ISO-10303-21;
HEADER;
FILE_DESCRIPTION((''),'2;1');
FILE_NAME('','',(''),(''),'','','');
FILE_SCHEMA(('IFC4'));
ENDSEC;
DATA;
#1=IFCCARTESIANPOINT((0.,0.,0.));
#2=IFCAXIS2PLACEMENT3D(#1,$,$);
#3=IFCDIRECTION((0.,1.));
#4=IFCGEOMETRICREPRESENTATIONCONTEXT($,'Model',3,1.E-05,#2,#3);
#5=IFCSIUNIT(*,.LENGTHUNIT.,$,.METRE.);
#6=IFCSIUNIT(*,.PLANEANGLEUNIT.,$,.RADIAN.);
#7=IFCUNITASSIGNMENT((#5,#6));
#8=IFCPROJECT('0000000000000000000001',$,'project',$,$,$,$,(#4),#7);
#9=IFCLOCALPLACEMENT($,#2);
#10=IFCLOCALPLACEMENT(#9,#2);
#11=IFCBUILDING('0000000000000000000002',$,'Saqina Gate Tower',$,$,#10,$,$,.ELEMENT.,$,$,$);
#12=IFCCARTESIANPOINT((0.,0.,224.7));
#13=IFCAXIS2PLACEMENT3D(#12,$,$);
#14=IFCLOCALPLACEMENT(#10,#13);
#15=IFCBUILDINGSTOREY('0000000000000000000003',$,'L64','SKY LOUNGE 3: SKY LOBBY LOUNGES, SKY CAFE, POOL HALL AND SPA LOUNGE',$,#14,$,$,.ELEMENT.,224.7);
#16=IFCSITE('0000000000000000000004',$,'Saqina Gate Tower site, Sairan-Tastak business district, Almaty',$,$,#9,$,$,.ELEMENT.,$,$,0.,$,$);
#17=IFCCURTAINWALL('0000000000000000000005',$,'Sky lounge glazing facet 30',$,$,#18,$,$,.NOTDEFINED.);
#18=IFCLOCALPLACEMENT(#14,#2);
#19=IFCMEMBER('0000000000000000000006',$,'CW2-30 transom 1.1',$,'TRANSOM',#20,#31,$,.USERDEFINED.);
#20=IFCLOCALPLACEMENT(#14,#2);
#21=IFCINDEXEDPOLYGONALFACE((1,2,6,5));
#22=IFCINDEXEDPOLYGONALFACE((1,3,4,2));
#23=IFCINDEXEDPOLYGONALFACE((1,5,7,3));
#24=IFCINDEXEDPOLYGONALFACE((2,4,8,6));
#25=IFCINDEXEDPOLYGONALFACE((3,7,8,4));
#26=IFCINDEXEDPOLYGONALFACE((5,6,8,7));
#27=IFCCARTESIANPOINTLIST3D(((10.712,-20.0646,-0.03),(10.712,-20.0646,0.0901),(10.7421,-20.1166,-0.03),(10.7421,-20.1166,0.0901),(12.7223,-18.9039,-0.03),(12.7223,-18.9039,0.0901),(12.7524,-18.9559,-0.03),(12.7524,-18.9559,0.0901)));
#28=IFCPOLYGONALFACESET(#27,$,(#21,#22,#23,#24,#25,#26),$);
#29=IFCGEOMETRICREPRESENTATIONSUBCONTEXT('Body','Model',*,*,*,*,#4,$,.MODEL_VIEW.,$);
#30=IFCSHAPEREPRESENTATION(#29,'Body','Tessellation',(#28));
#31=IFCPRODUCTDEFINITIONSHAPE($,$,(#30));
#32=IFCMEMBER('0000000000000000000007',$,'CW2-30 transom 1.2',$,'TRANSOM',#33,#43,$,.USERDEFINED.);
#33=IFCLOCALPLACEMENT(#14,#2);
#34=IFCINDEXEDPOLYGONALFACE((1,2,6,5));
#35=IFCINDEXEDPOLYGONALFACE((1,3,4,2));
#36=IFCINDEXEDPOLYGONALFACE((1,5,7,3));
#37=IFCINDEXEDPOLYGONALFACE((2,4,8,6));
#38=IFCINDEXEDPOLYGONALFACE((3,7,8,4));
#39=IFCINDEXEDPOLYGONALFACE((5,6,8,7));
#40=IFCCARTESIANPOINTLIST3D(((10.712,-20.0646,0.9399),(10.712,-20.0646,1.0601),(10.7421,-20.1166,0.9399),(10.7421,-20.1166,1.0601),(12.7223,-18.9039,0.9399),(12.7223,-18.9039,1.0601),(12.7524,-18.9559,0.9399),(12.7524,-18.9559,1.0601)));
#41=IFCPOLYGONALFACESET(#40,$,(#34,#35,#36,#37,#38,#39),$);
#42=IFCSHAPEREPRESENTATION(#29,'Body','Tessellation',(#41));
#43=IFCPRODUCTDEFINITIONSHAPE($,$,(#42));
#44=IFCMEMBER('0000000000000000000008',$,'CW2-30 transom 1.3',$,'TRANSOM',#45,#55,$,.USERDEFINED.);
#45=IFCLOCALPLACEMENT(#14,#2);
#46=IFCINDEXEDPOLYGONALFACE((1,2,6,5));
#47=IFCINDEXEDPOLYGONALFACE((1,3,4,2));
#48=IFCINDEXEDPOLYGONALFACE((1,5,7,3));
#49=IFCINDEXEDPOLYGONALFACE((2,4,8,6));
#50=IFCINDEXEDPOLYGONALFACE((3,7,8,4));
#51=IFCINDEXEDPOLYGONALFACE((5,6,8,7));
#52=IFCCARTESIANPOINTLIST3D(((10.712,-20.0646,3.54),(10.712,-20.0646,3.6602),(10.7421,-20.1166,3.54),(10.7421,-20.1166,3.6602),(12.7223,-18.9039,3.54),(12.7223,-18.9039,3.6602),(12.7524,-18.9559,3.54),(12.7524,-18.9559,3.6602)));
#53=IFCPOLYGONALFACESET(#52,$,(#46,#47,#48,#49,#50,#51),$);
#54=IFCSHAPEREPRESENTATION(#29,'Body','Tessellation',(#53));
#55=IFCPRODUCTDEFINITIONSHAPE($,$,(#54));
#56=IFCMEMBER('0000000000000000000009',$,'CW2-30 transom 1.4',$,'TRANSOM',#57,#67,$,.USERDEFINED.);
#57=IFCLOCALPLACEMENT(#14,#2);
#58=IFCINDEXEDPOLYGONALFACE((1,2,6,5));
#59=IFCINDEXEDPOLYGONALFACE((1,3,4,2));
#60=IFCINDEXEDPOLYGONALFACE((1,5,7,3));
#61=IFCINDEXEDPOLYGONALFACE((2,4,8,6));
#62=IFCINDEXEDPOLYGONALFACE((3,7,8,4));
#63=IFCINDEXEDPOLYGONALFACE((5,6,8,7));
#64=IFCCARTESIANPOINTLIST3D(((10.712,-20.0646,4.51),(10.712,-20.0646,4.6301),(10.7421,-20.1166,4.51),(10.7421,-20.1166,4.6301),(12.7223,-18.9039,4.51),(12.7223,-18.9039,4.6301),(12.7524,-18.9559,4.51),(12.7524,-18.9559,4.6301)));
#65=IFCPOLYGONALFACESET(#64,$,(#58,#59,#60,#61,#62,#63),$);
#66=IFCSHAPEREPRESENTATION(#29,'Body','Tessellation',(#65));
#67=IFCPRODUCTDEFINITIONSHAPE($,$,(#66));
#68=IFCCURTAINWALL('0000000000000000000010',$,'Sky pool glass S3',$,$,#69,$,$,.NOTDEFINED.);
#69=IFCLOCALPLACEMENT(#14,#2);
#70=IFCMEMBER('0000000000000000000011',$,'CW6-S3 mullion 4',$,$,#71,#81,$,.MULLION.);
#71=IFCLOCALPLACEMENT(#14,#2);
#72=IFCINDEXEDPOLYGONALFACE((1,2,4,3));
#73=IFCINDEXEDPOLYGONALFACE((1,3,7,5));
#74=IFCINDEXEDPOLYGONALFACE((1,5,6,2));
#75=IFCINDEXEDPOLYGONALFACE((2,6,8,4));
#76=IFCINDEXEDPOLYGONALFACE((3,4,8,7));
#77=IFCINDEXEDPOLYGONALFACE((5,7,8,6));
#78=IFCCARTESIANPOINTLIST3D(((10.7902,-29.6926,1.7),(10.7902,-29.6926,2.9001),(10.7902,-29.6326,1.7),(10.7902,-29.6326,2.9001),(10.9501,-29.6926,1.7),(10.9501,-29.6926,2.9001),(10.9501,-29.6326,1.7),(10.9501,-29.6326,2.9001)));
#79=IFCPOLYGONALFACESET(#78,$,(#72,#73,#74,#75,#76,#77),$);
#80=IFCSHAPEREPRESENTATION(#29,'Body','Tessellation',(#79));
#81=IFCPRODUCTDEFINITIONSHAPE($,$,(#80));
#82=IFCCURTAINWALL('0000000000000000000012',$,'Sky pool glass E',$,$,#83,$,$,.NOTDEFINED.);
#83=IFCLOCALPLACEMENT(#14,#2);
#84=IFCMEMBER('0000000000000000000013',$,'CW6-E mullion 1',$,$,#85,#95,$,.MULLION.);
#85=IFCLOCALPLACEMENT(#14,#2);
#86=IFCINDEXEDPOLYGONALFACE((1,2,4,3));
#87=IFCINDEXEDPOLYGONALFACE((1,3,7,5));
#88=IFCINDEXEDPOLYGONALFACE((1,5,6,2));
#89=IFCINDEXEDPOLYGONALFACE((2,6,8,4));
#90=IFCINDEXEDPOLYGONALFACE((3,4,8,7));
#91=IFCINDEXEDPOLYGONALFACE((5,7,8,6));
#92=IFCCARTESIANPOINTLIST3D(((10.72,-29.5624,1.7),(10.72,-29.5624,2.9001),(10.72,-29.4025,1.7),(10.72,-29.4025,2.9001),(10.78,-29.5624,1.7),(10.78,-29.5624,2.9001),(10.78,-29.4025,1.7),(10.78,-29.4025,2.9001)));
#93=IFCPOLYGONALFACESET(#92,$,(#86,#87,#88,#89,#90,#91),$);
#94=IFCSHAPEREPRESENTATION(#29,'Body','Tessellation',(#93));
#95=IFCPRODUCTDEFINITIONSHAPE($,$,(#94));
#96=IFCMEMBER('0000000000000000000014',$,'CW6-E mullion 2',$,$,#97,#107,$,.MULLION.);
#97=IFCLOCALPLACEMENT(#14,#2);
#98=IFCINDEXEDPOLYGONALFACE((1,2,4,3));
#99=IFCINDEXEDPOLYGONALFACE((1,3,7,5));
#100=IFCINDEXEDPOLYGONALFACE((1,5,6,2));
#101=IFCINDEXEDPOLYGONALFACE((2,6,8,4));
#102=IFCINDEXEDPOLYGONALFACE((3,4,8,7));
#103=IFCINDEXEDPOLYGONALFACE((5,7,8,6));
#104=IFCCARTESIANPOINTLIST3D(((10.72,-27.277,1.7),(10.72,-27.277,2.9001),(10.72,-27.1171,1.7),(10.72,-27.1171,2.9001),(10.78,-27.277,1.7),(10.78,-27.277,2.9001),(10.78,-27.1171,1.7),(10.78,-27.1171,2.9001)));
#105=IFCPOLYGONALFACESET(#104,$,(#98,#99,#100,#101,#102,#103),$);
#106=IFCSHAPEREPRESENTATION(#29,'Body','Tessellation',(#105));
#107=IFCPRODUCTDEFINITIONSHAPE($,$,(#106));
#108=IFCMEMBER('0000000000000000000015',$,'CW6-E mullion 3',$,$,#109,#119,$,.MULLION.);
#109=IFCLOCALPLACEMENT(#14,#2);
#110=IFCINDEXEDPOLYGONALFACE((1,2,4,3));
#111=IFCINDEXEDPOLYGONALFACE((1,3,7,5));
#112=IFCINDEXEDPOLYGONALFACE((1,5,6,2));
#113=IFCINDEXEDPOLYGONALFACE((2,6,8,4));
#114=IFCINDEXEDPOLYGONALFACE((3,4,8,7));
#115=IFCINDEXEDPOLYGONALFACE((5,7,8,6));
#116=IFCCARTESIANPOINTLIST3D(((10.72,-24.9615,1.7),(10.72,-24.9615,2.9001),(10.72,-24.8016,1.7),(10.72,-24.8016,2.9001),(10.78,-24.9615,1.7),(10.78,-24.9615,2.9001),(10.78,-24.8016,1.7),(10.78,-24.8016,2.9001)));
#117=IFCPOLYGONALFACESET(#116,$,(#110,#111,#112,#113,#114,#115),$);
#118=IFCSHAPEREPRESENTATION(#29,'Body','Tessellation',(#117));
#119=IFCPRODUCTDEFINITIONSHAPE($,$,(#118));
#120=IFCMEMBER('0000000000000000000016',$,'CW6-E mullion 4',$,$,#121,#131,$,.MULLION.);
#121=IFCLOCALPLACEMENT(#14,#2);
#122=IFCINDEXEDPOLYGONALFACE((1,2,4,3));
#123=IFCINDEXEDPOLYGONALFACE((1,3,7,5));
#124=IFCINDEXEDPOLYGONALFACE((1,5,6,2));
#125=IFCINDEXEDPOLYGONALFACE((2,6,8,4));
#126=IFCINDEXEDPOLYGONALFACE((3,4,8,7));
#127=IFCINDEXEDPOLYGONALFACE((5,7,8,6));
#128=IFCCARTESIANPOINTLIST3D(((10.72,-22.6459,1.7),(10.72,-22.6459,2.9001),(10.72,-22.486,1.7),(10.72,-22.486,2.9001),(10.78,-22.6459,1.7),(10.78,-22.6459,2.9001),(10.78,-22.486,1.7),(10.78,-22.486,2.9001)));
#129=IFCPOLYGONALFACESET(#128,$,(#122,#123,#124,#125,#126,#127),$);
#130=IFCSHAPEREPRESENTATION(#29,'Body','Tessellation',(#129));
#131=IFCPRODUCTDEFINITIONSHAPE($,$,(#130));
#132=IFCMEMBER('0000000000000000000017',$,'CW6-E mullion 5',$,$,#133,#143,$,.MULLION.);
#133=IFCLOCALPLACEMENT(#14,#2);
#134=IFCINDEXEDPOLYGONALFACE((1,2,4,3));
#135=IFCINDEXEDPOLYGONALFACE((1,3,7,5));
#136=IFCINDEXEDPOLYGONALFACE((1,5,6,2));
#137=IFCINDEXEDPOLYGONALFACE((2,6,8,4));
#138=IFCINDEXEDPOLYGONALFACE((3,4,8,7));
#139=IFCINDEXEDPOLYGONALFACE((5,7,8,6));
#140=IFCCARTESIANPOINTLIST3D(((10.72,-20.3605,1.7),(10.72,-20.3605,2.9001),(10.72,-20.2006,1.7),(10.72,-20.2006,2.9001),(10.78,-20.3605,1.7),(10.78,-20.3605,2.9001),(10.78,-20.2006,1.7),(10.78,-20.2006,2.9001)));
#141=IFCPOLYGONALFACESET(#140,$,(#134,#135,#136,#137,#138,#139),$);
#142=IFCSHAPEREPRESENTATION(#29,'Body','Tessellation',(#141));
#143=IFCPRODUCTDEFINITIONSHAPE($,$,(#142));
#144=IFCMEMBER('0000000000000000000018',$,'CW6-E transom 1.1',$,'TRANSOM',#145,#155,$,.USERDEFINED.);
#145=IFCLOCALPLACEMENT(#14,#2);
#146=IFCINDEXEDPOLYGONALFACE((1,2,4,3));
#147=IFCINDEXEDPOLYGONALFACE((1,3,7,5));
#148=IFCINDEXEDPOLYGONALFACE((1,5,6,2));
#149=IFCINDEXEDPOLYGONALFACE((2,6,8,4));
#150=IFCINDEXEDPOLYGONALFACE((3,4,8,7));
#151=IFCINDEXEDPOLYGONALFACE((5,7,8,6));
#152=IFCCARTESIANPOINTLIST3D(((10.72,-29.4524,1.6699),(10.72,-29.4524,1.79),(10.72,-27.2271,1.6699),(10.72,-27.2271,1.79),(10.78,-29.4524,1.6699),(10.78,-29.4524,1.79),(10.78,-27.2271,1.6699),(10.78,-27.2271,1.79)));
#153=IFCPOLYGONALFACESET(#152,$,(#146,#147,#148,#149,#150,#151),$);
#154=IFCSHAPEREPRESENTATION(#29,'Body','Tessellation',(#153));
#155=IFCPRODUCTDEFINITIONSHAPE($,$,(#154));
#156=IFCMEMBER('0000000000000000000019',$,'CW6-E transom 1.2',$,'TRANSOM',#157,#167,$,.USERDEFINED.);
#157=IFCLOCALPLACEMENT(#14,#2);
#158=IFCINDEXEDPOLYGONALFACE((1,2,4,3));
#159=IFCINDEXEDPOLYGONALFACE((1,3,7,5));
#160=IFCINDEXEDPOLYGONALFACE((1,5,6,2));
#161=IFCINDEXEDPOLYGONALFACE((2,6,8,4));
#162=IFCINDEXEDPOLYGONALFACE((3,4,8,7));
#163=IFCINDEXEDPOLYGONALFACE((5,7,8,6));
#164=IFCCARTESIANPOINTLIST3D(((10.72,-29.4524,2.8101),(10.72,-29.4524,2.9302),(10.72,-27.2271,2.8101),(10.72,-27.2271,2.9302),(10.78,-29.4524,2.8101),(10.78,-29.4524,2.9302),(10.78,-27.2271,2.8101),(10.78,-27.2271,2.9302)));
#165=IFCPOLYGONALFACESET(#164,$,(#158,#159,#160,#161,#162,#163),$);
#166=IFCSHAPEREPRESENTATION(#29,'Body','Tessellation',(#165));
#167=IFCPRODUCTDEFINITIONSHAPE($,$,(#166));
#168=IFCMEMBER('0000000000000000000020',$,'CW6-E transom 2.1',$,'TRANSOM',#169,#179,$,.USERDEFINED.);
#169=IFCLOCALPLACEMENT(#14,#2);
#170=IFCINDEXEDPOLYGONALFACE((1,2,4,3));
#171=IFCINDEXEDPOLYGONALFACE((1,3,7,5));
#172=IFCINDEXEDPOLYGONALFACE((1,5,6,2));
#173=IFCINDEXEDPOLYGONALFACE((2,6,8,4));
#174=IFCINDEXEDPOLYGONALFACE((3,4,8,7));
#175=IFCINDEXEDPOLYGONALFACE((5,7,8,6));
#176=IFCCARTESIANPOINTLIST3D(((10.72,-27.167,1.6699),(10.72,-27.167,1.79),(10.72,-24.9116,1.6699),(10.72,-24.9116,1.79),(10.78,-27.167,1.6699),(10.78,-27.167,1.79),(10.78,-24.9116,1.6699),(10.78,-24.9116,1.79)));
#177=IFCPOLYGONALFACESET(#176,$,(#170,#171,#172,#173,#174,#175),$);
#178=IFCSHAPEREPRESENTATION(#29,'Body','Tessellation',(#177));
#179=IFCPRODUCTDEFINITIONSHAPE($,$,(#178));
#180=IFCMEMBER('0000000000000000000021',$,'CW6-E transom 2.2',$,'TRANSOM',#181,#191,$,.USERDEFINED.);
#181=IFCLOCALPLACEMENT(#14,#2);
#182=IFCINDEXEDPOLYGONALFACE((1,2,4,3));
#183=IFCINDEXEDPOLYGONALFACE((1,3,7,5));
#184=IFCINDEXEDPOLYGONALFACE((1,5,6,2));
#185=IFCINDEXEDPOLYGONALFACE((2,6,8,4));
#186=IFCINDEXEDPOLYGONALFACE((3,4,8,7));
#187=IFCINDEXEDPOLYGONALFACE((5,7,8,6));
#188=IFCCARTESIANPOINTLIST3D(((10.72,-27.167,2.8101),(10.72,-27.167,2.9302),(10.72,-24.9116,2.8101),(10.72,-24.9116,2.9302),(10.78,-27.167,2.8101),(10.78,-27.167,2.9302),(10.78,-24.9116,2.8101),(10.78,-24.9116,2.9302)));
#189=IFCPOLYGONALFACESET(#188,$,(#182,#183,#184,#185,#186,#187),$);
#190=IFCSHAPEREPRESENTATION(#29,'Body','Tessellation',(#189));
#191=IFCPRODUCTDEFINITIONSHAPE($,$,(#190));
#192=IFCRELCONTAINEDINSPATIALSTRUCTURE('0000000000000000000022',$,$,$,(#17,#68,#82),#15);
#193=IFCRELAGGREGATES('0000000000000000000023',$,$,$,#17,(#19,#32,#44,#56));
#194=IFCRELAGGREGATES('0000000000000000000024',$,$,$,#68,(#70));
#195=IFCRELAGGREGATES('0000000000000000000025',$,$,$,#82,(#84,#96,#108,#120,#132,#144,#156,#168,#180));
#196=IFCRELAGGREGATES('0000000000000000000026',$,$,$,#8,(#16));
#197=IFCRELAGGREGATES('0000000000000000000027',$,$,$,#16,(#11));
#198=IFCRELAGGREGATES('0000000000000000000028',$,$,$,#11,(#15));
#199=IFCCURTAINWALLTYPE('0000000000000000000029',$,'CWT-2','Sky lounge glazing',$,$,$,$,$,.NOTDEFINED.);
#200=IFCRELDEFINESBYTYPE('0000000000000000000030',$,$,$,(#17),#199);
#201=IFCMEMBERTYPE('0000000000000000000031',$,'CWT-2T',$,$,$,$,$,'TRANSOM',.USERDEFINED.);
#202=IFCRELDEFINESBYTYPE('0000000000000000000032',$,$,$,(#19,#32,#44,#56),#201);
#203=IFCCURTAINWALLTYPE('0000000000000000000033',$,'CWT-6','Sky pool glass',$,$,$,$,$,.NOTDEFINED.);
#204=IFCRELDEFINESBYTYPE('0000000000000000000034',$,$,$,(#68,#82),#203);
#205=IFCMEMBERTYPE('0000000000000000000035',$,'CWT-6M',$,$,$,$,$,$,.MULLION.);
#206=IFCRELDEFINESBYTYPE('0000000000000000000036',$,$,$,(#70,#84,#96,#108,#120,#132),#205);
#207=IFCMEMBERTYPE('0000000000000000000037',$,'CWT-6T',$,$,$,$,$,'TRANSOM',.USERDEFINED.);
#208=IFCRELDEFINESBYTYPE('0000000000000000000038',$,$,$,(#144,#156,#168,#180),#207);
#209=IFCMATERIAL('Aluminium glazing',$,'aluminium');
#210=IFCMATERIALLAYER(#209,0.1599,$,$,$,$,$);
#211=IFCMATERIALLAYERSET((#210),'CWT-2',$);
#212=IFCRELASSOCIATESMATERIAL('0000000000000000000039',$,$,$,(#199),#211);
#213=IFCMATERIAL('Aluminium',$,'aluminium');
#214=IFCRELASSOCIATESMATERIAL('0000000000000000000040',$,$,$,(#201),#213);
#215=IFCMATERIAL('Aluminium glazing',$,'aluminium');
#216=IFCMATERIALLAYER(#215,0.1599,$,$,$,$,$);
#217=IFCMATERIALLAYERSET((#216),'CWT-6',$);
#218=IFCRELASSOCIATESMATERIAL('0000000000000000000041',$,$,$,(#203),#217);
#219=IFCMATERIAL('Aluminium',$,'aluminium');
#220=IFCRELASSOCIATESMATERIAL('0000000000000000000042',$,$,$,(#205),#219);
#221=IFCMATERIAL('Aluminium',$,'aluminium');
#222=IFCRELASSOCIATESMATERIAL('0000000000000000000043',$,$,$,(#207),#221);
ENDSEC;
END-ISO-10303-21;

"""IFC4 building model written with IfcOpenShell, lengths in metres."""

from ifc_helpers import new_model, si_unit, direction, frame, origin, origin_2d, place, context, subcontext, project, spatial, rectangle, extrude, material, layer, layer_set, material_profile, profile_set, type_object, element, aggregate, save


model = new_model("IFC4")

# Units and contexts
model_context = context("Model", 3, precision=1e-05, world=origin(), true_north=direction((0.0, 1.0)))
body_context = subcontext(model_context, "Body", "Model", "MODEL_VIEW")
ifc_project = project(units=[si_unit("LENGTHUNIT", "METRE"), si_unit("PLANEANGLEUNIT", "RADIAN")], contexts=[model_context])

# Site, building, storey
site_placement = place(None, origin())
site = spatial("IfcSite", under=ifc_project, at=site_placement, Name="Saqina Gate Tower site, Sairan-Tastak business district, Almaty", CompositionType="ELEMENT", RefElevation=0.0)
building_placement = place(site_placement, origin())
building = spatial("IfcBuilding", under=site, at=building_placement, Name="Saqina Gate Tower", CompositionType="ELEMENT")
storey_placement = place(building_placement, frame((0.0, 0.0, 224.7)))
storey = spatial("IfcBuildingStorey", under=building, at=storey_placement, Name="L64", Description="SKY LOUNGE 3: SKY LOBBY LOUNGES, SKY CAFE, POOL HALL AND SPA LOUNGE", CompositionType="ELEMENT", Elevation=224.7)

# Curtain wall, members
ifc_material_1 = material(Name="Aluminium glazing", Category="aluminium")
ifc_layer_1 = layer(ifc_material_1, 0.1599)
ifc_layer_set_1 = layer_set([ifc_layer_1], Name="CWT-2")
curtain_wall_type_1 = type_object("IfcCurtainWallType", Name="CWT-2", Description="Sky lounge glazing", PredefinedType="NOTDEFINED", material=ifc_layer_set_1)
curtain_wall_1_placement = place(storey_placement, origin())
curtain_wall_1 = element("IfcCurtainWall", 1, at=curtain_wall_1_placement, inside=storey, type_object=curtain_wall_type_1, Name="Sky lounge glazing facet 30", PredefinedType="NOTDEFINED")
ifc_material_2 = material(Name="Aluminium", Category="aluminium")
ifc_material_profile_1 = material_profile(ifc_material_2, rectangle(XDim=0.0601, YDim=0.1201, at=origin_2d()), Name="Aluminium 60x120")
ifc_profile_set_1 = profile_set([ifc_material_profile_1], Name="Aluminium")
member_type_1 = type_object("IfcMemberType", Name="CWT-2T", ElementType="TRANSOM", PredefinedType="USERDEFINED", material=ifc_profile_set_1)
member_1_placement = place(storey_placement, frame((10.7271, -20.0906, 0.03), z_axis=(0.866021, 0.500008, 0.0), x_axis=(-0.500008, 0.866021, 0.0)))
member_1 = element("IfcMember", 2, at=member_1_placement, type_object=member_type_1, Name="CW2-30 transom 1.1", ObjectType="TRANSOM", PredefinedType="USERDEFINED", context=body_context, shape_type="SweptSolid", body=[
    extrude(rectangle(XDim=0.0601, YDim=0.1201, at=origin_2d()), origin(), (0.0, 0.0, 1.0), 2.3213),
])
member_2_placement = place(storey_placement, frame((10.7271, -20.0906, 1.0), z_axis=(0.866021, 0.500008, 0.0), x_axis=(-0.500008, 0.866021, 0.0)))
member_2 = element("IfcMember", 3, at=member_2_placement, type_object=member_type_1, Name="CW2-30 transom 1.2", ObjectType="TRANSOM", PredefinedType="USERDEFINED", context=body_context, shape_type="SweptSolid", body=[
    extrude(rectangle(XDim=0.0601, YDim=0.1201, at=origin_2d()), origin(), (0.0, 0.0, 1.0), 2.3213),
])
member_3_placement = place(storey_placement, frame((10.7271, -20.0906, 3.6001), z_axis=(0.866021, 0.500008, 0.0), x_axis=(-0.500008, 0.866021, 0.0)))
member_3 = element("IfcMember", 4, at=member_3_placement, type_object=member_type_1, Name="CW2-30 transom 1.3", ObjectType="TRANSOM", PredefinedType="USERDEFINED", context=body_context, shape_type="SweptSolid", body=[
    extrude(rectangle(XDim=0.0601, YDim=0.1201, at=origin_2d()), origin(), (0.0, 0.0, 1.0), 2.3213),
])
member_4_placement = place(storey_placement, frame((10.7271, -20.0906, 4.5701), z_axis=(0.866021, 0.500008, 0.0), x_axis=(-0.500008, 0.866021, 0.0)))
member_4 = element("IfcMember", 5, at=member_4_placement, type_object=member_type_1, Name="CW2-30 transom 1.4", ObjectType="TRANSOM", PredefinedType="USERDEFINED", context=body_context, shape_type="SweptSolid", body=[
    extrude(rectangle(XDim=0.0601, YDim=0.1201, at=origin_2d()), origin(), (0.0, 0.0, 1.0), 2.3213),
])
aggregate(curtain_wall_1, [member_1, member_2, member_3, member_4])

# Curtain wall, member
ifc_material_3 = material(Name="Aluminium glazing", Category="aluminium")
ifc_layer_2 = layer(ifc_material_3, 0.1599)
ifc_layer_set_2 = layer_set([ifc_layer_2], Name="CWT-6")
curtain_wall_type_2 = type_object("IfcCurtainWallType", Name="CWT-6", Description="Sky pool glass", PredefinedType="NOTDEFINED", material=ifc_layer_set_2)
curtain_wall_2_placement = place(storey_placement, origin())
curtain_wall_2 = element("IfcCurtainWall", 6, at=curtain_wall_2_placement, inside=storey, type_object=curtain_wall_type_2, Name="Sky pool glass S3", PredefinedType="NOTDEFINED")
ifc_material_4 = material(Name="Aluminium", Category="aluminium")
ifc_material_profile_2 = material_profile(ifc_material_4, rectangle(XDim=0.0601, YDim=0.1599, at=origin_2d()), Name="Aluminium 60x160")
ifc_profile_set_2 = profile_set([ifc_material_profile_2], Name="Aluminium")
member_type_2 = type_object("IfcMemberType", Name="CWT-6M", PredefinedType="MULLION", material=ifc_profile_set_2)
member_5_placement = place(storey_placement, frame((10.8701, -29.6626, 1.7), z_axis=(0.0, 0.0, 1.0), x_axis=(0.0, 1.0, 0.0)))
member_5 = element("IfcMember", 7, at=member_5_placement, type_object=member_type_2, Name="CW6-S3 mullion 4", PredefinedType="MULLION", context=body_context, shape_type="SweptSolid", body=[
    extrude(rectangle(XDim=0.0601, YDim=0.1599, at=origin_2d()), origin(), (0.0, 0.0, 1.0), 1.2002),
])
aggregate(curtain_wall_2, [member_5])

# Curtain wall, members
curtain_wall_3_placement = place(storey_placement, origin())
curtain_wall_3 = element("IfcCurtainWall", 8, at=curtain_wall_3_placement, inside=storey, type_object=curtain_wall_type_2, Name="Sky pool glass E", PredefinedType="NOTDEFINED")
member_6_placement = place(storey_placement, frame((10.75, -29.4824, 1.7), z_axis=(0.0, 0.0, 1.0), x_axis=(-1.0, 0.0, 0.0)))
member_6 = element("IfcMember", 9, at=member_6_placement, type_object=member_type_2, Name="CW6-E mullion 1", PredefinedType="MULLION", context=body_context, shape_type="SweptSolid", body=[
    extrude(rectangle(XDim=0.0601, YDim=0.1599, at=origin_2d()), origin(), (0.0, 0.0, 1.0), 1.2002),
])
member_7_placement = place(storey_placement, frame((10.75, -27.197, 1.7), z_axis=(0.0, 0.0, 1.0), x_axis=(-1.0, 0.0, 0.0)))
member_7 = element("IfcMember", 10, at=member_7_placement, type_object=member_type_2, Name="CW6-E mullion 2", PredefinedType="MULLION", context=body_context, shape_type="SweptSolid", body=[
    extrude(rectangle(XDim=0.0601, YDim=0.1599, at=origin_2d()), origin(), (0.0, 0.0, 1.0), 1.2002),
])
member_8_placement = place(storey_placement, frame((10.75, -24.8816, 1.7), z_axis=(0.0, 0.0, 1.0), x_axis=(-1.0, 0.0, 0.0)))
member_8 = element("IfcMember", 11, at=member_8_placement, type_object=member_type_2, Name="CW6-E mullion 3", PredefinedType="MULLION", context=body_context, shape_type="SweptSolid", body=[
    extrude(rectangle(XDim=0.0601, YDim=0.1599, at=origin_2d()), origin(), (0.0, 0.0, 1.0), 1.2002),
])
member_9_placement = place(storey_placement, frame((10.75, -22.5659, 1.7), z_axis=(0.0, 0.0, 1.0), x_axis=(-1.0, 0.0, 0.0)))
member_9 = element("IfcMember", 12, at=member_9_placement, type_object=member_type_2, Name="CW6-E mullion 4", PredefinedType="MULLION", context=body_context, shape_type="SweptSolid", body=[
    extrude(rectangle(XDim=0.0601, YDim=0.1599, at=origin_2d()), origin(), (0.0, 0.0, 1.0), 1.2002),
])
member_10_placement = place(storey_placement, frame((10.75, -20.2805, 1.7), z_axis=(0.0, 0.0, 1.0), x_axis=(-1.0, 0.0, 0.0)))
member_10 = element("IfcMember", 13, at=member_10_placement, type_object=member_type_2, Name="CW6-E mullion 5", PredefinedType="MULLION", context=body_context, shape_type="SweptSolid", body=[
    extrude(rectangle(XDim=0.0601, YDim=0.1599, at=origin_2d()), origin(), (0.0, 0.0, 1.0), 1.2002),
])
ifc_material_5 = material(Name="Aluminium", Category="aluminium")
ifc_material_profile_3 = material_profile(ifc_material_5, rectangle(XDim=0.0601, YDim=0.1201, at=origin_2d()), Name="Aluminium 60x120")
ifc_profile_set_3 = profile_set([ifc_material_profile_3], Name="Aluminium")
member_type_3 = type_object("IfcMemberType", Name="CWT-6T", ElementType="TRANSOM", PredefinedType="USERDEFINED", material=ifc_profile_set_3)
member_11_placement = place(storey_placement, frame((10.75, -29.4524, 1.73), z_axis=(0.0, 1.0, 0.0), x_axis=(-1.0, 0.0, 0.0)))
member_11 = element("IfcMember", 14, at=member_11_placement, type_object=member_type_3, Name="CW6-E transom 1.1", ObjectType="TRANSOM", PredefinedType="USERDEFINED", context=body_context, shape_type="SweptSolid", body=[
    extrude(rectangle(XDim=0.0601, YDim=0.1201, at=origin_2d()), origin(), (0.0, 0.0, 1.0), 2.2253),
])
member_12_placement = place(storey_placement, frame((10.75, -29.4524, 2.8701), z_axis=(0.0, 1.0, 0.0), x_axis=(-1.0, 0.0, 0.0)))
member_12 = element("IfcMember", 15, at=member_12_placement, type_object=member_type_3, Name="CW6-E transom 1.2", ObjectType="TRANSOM", PredefinedType="USERDEFINED", context=body_context, shape_type="SweptSolid", body=[
    extrude(rectangle(XDim=0.0601, YDim=0.1201, at=origin_2d()), origin(), (0.0, 0.0, 1.0), 2.2253),
])
member_13_placement = place(storey_placement, frame((10.75, -27.167, 1.73), z_axis=(0.0, 1.0, 0.0), x_axis=(-1.0, 0.0, 0.0)))
member_13 = element("IfcMember", 16, at=member_13_placement, type_object=member_type_3, Name="CW6-E transom 2.1", ObjectType="TRANSOM", PredefinedType="USERDEFINED", context=body_context, shape_type="SweptSolid", body=[
    extrude(rectangle(XDim=0.0601, YDim=0.1201, at=origin_2d()), origin(), (0.0, 0.0, 1.0), 2.2554),
])
member_14_placement = place(storey_placement, frame((10.75, -27.167, 2.8701), z_axis=(0.0, 1.0, 0.0), x_axis=(-1.0, 0.0, 0.0)))
member_14 = element("IfcMember", 17, at=member_14_placement, type_object=member_type_3, Name="CW6-E transom 2.2", ObjectType="TRANSOM", PredefinedType="USERDEFINED", context=body_context, shape_type="SweptSolid", body=[
    extrude(rectangle(XDim=0.0601, YDim=0.1201, at=origin_2d()), origin(), (0.0, 0.0, 1.0), 2.2554),
])
aggregate(curtain_wall_3, [member_6, member_7, member_8, member_9, member_10, member_11, member_12, member_13, member_14])

save(model, "model.ifc")
